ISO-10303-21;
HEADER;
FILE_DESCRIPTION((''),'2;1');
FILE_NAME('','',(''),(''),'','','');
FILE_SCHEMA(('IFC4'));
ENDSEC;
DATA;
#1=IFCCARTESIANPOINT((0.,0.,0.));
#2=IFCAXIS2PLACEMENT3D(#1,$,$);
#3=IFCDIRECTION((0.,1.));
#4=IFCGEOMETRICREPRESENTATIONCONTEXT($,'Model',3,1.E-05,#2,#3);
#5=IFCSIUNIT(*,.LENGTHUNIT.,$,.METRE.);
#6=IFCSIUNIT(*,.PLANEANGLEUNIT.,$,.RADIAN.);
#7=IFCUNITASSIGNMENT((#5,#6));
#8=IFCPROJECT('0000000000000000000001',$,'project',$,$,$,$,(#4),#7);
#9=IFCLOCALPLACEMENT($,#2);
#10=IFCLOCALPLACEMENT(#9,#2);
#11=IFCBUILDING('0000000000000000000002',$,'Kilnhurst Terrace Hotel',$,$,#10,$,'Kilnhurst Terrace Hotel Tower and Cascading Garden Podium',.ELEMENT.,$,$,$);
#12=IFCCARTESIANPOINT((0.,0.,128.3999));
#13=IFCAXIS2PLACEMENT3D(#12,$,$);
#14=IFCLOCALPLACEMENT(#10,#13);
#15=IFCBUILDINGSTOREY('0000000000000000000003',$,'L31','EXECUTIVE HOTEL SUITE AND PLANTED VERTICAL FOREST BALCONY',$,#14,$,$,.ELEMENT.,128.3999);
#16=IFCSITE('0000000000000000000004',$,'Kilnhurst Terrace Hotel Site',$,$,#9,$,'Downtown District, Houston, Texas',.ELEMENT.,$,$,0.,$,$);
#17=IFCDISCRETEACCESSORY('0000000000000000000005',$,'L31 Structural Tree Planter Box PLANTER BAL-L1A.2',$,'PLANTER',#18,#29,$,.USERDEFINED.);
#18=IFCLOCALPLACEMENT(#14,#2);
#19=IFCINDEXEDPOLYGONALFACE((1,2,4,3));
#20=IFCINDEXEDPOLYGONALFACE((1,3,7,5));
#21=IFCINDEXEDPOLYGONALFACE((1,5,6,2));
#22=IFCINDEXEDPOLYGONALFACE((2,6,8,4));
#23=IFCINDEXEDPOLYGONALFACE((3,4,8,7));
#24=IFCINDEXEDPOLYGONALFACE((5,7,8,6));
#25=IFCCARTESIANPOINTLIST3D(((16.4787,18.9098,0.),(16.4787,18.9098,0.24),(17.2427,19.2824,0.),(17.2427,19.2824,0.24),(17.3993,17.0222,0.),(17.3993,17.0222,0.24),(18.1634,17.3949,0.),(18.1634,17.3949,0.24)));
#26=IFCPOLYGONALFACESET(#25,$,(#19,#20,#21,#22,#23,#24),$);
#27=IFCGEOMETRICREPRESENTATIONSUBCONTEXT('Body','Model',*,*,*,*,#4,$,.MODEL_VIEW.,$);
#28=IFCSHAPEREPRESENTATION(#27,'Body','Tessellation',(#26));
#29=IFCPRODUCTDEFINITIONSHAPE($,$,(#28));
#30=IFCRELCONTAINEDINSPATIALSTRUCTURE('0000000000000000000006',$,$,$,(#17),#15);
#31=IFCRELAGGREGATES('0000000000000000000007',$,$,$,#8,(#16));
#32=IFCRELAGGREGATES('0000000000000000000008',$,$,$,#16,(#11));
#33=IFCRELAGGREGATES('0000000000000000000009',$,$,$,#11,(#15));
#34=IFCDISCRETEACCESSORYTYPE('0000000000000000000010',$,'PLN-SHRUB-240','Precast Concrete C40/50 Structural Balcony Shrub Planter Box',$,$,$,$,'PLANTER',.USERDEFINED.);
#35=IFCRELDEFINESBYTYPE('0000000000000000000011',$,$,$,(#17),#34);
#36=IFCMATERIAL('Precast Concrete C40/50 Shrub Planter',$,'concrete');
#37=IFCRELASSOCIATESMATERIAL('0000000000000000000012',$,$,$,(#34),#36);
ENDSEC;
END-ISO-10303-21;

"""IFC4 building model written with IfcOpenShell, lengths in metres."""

from ifc_helpers import new_model, si_unit, direction, frame, origin, origin_2d, place, context, subcontext, project, spatial, rectangle, extrude, material, type_object, element, save


model = new_model("IFC4")

# Units and contexts
model_context = context("Model", 3, precision=1e-05, world=origin(), true_north=direction((0.0, 1.0)))
body_context = subcontext(model_context, "Body", "Model", "MODEL_VIEW")
ifc_project = project(units=[si_unit("LENGTHUNIT", "METRE"), si_unit("PLANEANGLEUNIT", "RADIAN")], contexts=[model_context])

# Site, building, storey
site_placement = place(None, origin())
site = spatial("IfcSite", under=ifc_project, at=site_placement, Name="Kilnhurst Terrace Hotel Site", LongName="Downtown District, Houston, Texas", CompositionType="ELEMENT", RefElevation=0.0)
building_placement = place(site_placement, origin())
building = spatial("IfcBuilding", under=site, at=building_placement, Name="Kilnhurst Terrace Hotel", LongName="Kilnhurst Terrace Hotel Tower and Cascading Garden Podium", CompositionType="ELEMENT")
storey_placement = place(building_placement, frame((0.0, 0.0, 128.3999)))
storey = spatial("IfcBuildingStorey", under=building, at=storey_placement, Name="L31", Description="EXECUTIVE HOTEL SUITE AND PLANTED VERTICAL FOREST BALCONY", CompositionType="ELEMENT", Elevation=128.3999)

# Discrete accessory
ifc_material_1 = material(Name="Precast Concrete C40/50 Shrub Planter", Category="concrete")
discrete_accessory_type = type_object("IfcDiscreteAccessoryType", Name="PLN-SHRUB-240", Description="Precast Concrete C40/50 Structural Balcony Shrub Planter Box", ElementType="PLANTER", PredefinedType="USERDEFINED", material=ifc_material_1)
discrete_accessory_placement = place(storey_placement, frame((17.321, 18.1523, 0.0), z_axis=(0.0, 0.0, 1.0), x_axis=(-0.438387, 0.898786, 0.0)))
element("IfcDiscreteAccessory", 1, at=discrete_accessory_placement, inside=storey, type_object=discrete_accessory_type, Name="L31 Structural Tree Planter Box PLANTER BAL-L1A.2", ObjectType="PLANTER", PredefinedType="USERDEFINED", context=body_context, shape_type="SweptSolid", body=[
    extrude(rectangle(XDim=2.1001, YDim=0.8501, at=origin_2d()), origin(), (0.0, 0.0, 1.0), 0.24),
])

save(model, "model.ifc")
